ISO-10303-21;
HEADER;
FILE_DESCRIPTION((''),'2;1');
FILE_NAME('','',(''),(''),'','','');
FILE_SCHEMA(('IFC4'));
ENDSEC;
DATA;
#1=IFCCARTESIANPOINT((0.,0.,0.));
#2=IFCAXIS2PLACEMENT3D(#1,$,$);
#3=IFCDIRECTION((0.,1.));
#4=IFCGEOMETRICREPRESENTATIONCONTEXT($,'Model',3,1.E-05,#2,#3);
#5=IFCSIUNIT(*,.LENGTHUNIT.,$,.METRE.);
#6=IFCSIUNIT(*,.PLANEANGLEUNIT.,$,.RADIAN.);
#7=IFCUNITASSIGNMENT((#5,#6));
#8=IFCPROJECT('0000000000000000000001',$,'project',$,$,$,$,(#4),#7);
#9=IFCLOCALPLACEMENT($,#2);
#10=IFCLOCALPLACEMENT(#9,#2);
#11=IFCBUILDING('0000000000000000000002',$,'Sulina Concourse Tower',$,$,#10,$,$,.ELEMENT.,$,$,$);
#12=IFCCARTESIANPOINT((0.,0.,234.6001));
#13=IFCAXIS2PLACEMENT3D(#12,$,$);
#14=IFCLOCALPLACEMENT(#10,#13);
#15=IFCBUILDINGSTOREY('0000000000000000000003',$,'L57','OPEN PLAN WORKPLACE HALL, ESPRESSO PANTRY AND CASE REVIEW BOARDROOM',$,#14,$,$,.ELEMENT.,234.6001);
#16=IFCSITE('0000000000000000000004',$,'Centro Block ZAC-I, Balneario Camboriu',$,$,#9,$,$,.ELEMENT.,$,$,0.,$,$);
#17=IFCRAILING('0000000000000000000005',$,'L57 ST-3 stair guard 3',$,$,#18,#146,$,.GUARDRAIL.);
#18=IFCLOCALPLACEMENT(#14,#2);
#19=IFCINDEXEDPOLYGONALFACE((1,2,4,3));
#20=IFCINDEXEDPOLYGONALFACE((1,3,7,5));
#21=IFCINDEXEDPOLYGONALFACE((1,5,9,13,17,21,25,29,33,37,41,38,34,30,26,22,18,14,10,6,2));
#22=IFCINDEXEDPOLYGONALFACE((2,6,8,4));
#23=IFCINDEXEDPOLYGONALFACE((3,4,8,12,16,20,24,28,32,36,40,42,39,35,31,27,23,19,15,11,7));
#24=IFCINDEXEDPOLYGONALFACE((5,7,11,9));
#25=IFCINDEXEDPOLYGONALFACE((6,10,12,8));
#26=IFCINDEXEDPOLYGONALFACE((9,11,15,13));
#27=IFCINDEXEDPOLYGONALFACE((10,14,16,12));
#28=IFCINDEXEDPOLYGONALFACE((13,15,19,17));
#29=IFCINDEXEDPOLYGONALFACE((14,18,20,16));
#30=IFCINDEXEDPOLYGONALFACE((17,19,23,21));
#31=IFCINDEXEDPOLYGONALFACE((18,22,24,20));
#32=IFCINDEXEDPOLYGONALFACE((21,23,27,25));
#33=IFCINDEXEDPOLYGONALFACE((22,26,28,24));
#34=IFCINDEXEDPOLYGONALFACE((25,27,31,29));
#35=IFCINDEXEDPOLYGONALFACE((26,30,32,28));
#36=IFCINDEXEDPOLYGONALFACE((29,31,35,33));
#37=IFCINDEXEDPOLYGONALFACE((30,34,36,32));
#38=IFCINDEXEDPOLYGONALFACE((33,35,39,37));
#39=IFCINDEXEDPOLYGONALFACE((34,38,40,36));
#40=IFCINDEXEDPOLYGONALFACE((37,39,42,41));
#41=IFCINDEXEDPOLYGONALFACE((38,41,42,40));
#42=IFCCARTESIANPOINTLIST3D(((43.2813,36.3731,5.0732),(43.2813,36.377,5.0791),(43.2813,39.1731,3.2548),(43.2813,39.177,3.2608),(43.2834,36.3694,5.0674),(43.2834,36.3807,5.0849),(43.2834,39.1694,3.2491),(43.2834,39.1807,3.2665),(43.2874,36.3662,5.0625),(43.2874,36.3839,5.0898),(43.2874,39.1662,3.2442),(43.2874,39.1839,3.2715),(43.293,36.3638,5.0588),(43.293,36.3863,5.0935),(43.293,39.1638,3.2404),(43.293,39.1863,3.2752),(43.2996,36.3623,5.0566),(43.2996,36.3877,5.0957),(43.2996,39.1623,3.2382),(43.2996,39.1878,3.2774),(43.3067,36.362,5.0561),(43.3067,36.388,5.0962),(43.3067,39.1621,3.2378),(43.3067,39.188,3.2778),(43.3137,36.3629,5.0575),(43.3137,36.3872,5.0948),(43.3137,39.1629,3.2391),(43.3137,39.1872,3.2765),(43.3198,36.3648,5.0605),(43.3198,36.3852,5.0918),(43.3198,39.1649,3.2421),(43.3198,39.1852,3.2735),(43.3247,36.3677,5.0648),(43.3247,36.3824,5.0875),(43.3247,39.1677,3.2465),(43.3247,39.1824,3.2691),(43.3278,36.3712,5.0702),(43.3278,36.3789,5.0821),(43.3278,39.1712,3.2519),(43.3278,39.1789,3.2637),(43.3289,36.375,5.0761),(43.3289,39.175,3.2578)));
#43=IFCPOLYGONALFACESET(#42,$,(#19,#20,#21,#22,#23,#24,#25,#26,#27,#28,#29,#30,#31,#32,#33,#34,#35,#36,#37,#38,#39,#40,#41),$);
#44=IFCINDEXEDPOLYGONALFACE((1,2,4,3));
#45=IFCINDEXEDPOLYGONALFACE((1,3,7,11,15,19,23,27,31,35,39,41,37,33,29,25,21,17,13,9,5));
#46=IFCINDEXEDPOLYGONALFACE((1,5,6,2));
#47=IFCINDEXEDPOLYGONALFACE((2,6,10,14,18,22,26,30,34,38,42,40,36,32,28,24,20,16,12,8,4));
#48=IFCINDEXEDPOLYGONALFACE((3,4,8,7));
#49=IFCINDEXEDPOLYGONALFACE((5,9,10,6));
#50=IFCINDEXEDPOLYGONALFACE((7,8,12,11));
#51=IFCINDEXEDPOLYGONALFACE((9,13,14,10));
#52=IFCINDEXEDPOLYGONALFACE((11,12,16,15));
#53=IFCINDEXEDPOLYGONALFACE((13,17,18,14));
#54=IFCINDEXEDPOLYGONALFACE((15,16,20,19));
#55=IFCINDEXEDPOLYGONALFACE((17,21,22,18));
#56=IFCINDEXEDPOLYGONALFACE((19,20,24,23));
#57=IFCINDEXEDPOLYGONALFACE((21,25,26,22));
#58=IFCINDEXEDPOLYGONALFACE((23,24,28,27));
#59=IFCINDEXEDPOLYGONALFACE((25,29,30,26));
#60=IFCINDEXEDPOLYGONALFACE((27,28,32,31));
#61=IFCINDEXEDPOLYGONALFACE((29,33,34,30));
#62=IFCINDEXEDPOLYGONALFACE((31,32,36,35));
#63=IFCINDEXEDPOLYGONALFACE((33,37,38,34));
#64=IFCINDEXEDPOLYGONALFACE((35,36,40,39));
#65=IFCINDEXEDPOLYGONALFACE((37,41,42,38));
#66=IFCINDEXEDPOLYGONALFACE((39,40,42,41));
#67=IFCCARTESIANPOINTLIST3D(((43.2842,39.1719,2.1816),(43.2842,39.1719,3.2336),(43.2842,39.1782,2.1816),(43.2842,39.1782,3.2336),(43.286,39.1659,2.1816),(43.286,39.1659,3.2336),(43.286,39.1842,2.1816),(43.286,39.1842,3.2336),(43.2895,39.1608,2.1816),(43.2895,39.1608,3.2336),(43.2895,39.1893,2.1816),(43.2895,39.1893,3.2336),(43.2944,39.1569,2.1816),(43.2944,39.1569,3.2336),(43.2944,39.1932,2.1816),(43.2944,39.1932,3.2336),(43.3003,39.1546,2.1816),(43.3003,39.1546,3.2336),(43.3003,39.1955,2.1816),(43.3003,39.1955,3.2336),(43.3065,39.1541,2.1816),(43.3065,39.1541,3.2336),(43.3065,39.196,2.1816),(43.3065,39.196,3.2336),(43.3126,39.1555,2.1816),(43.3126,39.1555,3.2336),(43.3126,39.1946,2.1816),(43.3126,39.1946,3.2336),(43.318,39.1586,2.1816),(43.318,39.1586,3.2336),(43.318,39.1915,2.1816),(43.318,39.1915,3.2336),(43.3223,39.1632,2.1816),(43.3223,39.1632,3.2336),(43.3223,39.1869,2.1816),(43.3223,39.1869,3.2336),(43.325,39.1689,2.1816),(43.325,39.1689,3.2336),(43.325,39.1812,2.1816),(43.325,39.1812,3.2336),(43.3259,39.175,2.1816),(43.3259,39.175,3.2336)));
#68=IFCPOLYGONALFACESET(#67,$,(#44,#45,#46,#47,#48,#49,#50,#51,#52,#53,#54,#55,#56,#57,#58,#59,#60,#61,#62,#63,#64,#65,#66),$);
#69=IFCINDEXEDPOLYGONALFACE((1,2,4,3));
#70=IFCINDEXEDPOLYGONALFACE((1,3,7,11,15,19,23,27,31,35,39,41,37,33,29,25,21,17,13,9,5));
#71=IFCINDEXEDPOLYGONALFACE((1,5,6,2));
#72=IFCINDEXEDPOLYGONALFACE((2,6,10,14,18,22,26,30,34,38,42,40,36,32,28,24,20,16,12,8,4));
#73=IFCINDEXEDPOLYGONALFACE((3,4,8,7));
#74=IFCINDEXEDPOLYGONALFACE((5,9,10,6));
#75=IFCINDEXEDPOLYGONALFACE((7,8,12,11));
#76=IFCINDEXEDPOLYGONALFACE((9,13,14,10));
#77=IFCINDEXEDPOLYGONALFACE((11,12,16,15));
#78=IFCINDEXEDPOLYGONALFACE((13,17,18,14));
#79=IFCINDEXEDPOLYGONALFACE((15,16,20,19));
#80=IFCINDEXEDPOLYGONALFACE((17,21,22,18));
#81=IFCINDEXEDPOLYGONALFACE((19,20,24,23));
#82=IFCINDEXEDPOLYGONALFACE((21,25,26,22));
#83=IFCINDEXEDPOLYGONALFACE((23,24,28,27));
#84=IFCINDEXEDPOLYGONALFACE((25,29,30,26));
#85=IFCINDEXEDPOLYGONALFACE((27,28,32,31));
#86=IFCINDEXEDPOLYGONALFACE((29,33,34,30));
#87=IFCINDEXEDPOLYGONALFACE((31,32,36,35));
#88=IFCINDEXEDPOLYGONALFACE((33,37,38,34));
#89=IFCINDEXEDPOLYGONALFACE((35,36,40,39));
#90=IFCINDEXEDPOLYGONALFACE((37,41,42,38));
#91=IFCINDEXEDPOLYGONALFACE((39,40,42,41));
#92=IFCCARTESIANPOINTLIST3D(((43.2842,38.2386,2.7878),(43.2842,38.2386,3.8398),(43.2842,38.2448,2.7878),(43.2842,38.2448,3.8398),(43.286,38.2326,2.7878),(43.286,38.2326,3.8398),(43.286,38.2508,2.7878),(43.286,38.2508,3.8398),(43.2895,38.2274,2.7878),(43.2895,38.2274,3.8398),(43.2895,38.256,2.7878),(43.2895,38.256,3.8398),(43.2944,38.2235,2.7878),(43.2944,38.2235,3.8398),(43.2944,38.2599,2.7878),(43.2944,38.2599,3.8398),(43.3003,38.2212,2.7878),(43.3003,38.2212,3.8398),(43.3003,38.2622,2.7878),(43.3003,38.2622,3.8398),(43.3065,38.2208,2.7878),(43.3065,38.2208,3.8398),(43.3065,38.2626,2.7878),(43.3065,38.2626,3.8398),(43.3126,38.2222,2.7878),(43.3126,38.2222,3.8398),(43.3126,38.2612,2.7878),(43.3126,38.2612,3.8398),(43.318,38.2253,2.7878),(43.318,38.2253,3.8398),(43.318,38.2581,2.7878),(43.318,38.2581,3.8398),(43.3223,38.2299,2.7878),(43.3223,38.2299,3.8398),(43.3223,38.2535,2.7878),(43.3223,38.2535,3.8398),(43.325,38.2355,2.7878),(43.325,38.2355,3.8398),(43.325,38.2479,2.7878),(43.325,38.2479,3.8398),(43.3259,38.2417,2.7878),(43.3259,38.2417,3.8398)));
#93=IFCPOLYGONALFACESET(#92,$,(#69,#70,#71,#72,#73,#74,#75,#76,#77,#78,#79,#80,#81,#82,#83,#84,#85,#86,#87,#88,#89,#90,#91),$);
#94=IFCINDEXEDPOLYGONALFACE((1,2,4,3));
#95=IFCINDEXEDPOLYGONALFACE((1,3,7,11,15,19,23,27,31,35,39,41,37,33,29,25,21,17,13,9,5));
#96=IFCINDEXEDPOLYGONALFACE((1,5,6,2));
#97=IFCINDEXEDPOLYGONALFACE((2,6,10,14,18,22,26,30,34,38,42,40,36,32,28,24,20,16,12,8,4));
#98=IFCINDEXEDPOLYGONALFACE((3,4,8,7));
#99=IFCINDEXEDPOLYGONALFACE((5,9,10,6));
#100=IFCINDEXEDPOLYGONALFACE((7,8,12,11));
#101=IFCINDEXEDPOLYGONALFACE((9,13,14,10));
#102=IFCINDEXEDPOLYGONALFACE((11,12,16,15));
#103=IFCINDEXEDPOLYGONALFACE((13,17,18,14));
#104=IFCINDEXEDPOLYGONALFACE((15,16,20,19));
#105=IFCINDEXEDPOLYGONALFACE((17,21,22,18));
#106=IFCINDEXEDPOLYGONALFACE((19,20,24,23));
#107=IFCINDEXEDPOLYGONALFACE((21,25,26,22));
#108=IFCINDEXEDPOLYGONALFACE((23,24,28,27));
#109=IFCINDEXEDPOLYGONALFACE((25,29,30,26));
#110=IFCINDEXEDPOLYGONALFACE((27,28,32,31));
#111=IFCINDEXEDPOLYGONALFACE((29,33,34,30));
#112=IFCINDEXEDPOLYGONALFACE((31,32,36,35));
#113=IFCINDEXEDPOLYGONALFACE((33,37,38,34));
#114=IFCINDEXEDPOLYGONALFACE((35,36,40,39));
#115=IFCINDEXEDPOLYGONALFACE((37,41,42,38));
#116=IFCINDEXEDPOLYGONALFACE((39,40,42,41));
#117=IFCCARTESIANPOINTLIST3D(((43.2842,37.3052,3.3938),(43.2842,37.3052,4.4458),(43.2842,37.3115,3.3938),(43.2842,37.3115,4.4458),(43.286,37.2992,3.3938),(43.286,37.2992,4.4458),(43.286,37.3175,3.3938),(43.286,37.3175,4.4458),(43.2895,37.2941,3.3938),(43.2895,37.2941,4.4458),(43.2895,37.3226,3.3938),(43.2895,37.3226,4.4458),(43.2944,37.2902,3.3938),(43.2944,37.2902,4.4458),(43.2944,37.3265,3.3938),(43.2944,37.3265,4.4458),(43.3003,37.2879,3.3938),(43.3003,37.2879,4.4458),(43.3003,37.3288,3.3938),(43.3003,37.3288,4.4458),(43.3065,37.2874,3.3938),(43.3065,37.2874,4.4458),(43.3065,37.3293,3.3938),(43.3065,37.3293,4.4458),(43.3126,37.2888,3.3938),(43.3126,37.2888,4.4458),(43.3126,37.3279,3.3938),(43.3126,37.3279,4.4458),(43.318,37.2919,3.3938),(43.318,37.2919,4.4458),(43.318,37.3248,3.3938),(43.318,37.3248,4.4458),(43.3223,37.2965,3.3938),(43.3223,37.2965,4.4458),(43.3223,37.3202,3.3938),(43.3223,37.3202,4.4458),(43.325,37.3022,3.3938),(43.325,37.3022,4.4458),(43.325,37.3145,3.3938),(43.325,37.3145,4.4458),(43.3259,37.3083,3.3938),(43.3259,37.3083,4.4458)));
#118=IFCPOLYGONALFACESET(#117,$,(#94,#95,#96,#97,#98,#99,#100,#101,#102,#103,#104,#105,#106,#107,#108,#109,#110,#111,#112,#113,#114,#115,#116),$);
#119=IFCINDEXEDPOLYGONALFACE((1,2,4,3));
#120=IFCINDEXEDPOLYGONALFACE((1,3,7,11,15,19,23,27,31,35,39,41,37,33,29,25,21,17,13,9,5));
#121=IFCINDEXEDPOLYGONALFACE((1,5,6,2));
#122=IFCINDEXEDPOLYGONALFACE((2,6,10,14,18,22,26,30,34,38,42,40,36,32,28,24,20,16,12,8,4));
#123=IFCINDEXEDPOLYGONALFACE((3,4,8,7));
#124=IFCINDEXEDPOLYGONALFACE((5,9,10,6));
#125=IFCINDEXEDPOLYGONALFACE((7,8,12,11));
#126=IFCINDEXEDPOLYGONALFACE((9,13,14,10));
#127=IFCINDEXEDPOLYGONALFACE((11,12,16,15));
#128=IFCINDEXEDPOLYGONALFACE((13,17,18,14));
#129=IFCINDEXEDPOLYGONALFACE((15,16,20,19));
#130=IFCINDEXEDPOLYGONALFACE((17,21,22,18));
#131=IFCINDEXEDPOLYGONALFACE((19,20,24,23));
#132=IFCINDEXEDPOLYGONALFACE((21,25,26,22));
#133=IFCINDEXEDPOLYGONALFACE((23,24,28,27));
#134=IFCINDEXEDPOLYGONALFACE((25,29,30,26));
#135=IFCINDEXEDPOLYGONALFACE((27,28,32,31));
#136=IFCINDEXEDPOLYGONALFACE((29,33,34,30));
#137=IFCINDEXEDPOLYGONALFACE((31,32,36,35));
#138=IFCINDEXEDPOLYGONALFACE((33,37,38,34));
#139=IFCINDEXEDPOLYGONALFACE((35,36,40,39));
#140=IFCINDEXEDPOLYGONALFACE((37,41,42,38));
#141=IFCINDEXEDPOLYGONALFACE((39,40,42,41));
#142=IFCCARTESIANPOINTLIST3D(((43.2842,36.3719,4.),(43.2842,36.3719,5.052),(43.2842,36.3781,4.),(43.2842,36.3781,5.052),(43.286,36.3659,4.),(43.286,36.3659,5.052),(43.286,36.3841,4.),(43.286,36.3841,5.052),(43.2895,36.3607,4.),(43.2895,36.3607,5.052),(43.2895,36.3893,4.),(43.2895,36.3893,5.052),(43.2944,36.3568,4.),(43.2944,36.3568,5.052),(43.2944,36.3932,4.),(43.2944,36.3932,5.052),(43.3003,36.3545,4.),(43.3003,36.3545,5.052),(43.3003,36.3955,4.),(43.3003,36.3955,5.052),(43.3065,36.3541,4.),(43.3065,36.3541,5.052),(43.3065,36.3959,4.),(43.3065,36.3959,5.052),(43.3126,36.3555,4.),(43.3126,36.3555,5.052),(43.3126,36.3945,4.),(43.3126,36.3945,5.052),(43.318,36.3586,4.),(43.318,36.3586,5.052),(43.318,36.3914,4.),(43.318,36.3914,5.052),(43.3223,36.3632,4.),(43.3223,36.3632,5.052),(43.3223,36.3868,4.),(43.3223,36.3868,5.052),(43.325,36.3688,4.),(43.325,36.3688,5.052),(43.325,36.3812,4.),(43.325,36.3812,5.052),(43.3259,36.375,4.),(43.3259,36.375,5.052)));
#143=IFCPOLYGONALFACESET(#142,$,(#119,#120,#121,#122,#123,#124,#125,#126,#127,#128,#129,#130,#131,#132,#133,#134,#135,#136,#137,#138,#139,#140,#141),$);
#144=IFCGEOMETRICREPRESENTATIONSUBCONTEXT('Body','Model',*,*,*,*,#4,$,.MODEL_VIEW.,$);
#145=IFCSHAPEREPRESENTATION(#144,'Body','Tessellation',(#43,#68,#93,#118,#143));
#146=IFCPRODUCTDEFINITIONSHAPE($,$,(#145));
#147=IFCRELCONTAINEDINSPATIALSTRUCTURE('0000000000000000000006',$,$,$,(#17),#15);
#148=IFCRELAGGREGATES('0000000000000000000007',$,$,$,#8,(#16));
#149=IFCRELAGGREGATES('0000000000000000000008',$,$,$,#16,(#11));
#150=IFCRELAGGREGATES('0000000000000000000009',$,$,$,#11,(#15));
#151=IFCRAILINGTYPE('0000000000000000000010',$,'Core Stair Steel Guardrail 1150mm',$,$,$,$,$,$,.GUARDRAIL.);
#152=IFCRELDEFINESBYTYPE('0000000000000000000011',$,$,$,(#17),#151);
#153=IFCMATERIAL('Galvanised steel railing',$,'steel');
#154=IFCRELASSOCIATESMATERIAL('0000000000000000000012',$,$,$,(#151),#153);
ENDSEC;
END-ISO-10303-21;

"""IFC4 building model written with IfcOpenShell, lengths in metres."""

from ifc_helpers import new_model, si_unit, direction, frame, origin, origin_2d, place, context, subcontext, project, spatial, circle, extrude, material, type_object, element, save


model = new_model("IFC4")

# Units and contexts
model_context = context("Model", 3, precision=1e-05, world=origin(), true_north=direction((0.0, 1.0)))
body_context = subcontext(model_context, "Body", "Model", "MODEL_VIEW")
ifc_project = project(units=[si_unit("LENGTHUNIT", "METRE"), si_unit("PLANEANGLEUNIT", "RADIAN")], contexts=[model_context])

# Site, building, storey
site_placement = place(None, origin())
site = spatial("IfcSite", under=ifc_project, at=site_placement, Name="Centro Block ZAC-I, Balneario Camboriu", CompositionType="ELEMENT", RefElevation=0.0)
building_placement = place(site_placement, origin())
building = spatial("IfcBuilding", under=site, at=building_placement, Name="Sulina Concourse Tower", CompositionType="ELEMENT")
storey_placement = place(building_placement, frame((0.0, 0.0, 234.6001)))
storey = spatial("IfcBuildingStorey", under=building, at=storey_placement, Name="L57", Description="OPEN PLAN WORKPLACE HALL, ESPRESSO PANTRY AND CASE REVIEW BOARDROOM", CompositionType="ELEMENT", Elevation=234.6001)

# Railing
ifc_material_1 = material(Name="Galvanised steel railing", Category="steel")
railing_type_1 = type_object("IfcRailingType", Name="Core Stair Steel Guardrail 1150mm", PredefinedType="GUARDRAIL", material=ifc_material_1)
railing_1_placement = place(storey_placement, frame((43.3049, 39.175, 2.1816)))
element("IfcRailing", 1, at=railing_1_placement, inside=storey, type_object=railing_type_1, Name="L57 ST-3 stair guard 3", PredefinedType="GUARDRAIL", context=body_context, shape_type="SweptSolid", body=[
    extrude(circle(Radius=0.0239, at=origin_2d()), frame((0.0, 0.0, 1.0762), z_axis=(0.0, -0.838672, 0.544636), x_axis=(1.0, 0.0, 0.0)), (0.0, 0.0, 1.0), 3.3386),
    extrude(circle(Radius=0.021, at=origin_2d()), origin(), (0.0, 0.0, 1.0), 1.052),
    extrude(circle(Radius=0.021, at=origin_2d()), frame((0.0, -0.9333, 0.6062)), (0.0, 0.0, 1.0), 1.052),
    extrude(circle(Radius=0.021, at=origin_2d()), frame((0.0, -1.8667, 1.2122)), (0.0, 0.0, 1.0), 1.052),
    extrude(circle(Radius=0.021, at=origin_2d()), frame((0.0, -2.8, 1.8184)), (0.0, 0.0, 1.0), 1.052),
])

save(model, "model.ifc")
